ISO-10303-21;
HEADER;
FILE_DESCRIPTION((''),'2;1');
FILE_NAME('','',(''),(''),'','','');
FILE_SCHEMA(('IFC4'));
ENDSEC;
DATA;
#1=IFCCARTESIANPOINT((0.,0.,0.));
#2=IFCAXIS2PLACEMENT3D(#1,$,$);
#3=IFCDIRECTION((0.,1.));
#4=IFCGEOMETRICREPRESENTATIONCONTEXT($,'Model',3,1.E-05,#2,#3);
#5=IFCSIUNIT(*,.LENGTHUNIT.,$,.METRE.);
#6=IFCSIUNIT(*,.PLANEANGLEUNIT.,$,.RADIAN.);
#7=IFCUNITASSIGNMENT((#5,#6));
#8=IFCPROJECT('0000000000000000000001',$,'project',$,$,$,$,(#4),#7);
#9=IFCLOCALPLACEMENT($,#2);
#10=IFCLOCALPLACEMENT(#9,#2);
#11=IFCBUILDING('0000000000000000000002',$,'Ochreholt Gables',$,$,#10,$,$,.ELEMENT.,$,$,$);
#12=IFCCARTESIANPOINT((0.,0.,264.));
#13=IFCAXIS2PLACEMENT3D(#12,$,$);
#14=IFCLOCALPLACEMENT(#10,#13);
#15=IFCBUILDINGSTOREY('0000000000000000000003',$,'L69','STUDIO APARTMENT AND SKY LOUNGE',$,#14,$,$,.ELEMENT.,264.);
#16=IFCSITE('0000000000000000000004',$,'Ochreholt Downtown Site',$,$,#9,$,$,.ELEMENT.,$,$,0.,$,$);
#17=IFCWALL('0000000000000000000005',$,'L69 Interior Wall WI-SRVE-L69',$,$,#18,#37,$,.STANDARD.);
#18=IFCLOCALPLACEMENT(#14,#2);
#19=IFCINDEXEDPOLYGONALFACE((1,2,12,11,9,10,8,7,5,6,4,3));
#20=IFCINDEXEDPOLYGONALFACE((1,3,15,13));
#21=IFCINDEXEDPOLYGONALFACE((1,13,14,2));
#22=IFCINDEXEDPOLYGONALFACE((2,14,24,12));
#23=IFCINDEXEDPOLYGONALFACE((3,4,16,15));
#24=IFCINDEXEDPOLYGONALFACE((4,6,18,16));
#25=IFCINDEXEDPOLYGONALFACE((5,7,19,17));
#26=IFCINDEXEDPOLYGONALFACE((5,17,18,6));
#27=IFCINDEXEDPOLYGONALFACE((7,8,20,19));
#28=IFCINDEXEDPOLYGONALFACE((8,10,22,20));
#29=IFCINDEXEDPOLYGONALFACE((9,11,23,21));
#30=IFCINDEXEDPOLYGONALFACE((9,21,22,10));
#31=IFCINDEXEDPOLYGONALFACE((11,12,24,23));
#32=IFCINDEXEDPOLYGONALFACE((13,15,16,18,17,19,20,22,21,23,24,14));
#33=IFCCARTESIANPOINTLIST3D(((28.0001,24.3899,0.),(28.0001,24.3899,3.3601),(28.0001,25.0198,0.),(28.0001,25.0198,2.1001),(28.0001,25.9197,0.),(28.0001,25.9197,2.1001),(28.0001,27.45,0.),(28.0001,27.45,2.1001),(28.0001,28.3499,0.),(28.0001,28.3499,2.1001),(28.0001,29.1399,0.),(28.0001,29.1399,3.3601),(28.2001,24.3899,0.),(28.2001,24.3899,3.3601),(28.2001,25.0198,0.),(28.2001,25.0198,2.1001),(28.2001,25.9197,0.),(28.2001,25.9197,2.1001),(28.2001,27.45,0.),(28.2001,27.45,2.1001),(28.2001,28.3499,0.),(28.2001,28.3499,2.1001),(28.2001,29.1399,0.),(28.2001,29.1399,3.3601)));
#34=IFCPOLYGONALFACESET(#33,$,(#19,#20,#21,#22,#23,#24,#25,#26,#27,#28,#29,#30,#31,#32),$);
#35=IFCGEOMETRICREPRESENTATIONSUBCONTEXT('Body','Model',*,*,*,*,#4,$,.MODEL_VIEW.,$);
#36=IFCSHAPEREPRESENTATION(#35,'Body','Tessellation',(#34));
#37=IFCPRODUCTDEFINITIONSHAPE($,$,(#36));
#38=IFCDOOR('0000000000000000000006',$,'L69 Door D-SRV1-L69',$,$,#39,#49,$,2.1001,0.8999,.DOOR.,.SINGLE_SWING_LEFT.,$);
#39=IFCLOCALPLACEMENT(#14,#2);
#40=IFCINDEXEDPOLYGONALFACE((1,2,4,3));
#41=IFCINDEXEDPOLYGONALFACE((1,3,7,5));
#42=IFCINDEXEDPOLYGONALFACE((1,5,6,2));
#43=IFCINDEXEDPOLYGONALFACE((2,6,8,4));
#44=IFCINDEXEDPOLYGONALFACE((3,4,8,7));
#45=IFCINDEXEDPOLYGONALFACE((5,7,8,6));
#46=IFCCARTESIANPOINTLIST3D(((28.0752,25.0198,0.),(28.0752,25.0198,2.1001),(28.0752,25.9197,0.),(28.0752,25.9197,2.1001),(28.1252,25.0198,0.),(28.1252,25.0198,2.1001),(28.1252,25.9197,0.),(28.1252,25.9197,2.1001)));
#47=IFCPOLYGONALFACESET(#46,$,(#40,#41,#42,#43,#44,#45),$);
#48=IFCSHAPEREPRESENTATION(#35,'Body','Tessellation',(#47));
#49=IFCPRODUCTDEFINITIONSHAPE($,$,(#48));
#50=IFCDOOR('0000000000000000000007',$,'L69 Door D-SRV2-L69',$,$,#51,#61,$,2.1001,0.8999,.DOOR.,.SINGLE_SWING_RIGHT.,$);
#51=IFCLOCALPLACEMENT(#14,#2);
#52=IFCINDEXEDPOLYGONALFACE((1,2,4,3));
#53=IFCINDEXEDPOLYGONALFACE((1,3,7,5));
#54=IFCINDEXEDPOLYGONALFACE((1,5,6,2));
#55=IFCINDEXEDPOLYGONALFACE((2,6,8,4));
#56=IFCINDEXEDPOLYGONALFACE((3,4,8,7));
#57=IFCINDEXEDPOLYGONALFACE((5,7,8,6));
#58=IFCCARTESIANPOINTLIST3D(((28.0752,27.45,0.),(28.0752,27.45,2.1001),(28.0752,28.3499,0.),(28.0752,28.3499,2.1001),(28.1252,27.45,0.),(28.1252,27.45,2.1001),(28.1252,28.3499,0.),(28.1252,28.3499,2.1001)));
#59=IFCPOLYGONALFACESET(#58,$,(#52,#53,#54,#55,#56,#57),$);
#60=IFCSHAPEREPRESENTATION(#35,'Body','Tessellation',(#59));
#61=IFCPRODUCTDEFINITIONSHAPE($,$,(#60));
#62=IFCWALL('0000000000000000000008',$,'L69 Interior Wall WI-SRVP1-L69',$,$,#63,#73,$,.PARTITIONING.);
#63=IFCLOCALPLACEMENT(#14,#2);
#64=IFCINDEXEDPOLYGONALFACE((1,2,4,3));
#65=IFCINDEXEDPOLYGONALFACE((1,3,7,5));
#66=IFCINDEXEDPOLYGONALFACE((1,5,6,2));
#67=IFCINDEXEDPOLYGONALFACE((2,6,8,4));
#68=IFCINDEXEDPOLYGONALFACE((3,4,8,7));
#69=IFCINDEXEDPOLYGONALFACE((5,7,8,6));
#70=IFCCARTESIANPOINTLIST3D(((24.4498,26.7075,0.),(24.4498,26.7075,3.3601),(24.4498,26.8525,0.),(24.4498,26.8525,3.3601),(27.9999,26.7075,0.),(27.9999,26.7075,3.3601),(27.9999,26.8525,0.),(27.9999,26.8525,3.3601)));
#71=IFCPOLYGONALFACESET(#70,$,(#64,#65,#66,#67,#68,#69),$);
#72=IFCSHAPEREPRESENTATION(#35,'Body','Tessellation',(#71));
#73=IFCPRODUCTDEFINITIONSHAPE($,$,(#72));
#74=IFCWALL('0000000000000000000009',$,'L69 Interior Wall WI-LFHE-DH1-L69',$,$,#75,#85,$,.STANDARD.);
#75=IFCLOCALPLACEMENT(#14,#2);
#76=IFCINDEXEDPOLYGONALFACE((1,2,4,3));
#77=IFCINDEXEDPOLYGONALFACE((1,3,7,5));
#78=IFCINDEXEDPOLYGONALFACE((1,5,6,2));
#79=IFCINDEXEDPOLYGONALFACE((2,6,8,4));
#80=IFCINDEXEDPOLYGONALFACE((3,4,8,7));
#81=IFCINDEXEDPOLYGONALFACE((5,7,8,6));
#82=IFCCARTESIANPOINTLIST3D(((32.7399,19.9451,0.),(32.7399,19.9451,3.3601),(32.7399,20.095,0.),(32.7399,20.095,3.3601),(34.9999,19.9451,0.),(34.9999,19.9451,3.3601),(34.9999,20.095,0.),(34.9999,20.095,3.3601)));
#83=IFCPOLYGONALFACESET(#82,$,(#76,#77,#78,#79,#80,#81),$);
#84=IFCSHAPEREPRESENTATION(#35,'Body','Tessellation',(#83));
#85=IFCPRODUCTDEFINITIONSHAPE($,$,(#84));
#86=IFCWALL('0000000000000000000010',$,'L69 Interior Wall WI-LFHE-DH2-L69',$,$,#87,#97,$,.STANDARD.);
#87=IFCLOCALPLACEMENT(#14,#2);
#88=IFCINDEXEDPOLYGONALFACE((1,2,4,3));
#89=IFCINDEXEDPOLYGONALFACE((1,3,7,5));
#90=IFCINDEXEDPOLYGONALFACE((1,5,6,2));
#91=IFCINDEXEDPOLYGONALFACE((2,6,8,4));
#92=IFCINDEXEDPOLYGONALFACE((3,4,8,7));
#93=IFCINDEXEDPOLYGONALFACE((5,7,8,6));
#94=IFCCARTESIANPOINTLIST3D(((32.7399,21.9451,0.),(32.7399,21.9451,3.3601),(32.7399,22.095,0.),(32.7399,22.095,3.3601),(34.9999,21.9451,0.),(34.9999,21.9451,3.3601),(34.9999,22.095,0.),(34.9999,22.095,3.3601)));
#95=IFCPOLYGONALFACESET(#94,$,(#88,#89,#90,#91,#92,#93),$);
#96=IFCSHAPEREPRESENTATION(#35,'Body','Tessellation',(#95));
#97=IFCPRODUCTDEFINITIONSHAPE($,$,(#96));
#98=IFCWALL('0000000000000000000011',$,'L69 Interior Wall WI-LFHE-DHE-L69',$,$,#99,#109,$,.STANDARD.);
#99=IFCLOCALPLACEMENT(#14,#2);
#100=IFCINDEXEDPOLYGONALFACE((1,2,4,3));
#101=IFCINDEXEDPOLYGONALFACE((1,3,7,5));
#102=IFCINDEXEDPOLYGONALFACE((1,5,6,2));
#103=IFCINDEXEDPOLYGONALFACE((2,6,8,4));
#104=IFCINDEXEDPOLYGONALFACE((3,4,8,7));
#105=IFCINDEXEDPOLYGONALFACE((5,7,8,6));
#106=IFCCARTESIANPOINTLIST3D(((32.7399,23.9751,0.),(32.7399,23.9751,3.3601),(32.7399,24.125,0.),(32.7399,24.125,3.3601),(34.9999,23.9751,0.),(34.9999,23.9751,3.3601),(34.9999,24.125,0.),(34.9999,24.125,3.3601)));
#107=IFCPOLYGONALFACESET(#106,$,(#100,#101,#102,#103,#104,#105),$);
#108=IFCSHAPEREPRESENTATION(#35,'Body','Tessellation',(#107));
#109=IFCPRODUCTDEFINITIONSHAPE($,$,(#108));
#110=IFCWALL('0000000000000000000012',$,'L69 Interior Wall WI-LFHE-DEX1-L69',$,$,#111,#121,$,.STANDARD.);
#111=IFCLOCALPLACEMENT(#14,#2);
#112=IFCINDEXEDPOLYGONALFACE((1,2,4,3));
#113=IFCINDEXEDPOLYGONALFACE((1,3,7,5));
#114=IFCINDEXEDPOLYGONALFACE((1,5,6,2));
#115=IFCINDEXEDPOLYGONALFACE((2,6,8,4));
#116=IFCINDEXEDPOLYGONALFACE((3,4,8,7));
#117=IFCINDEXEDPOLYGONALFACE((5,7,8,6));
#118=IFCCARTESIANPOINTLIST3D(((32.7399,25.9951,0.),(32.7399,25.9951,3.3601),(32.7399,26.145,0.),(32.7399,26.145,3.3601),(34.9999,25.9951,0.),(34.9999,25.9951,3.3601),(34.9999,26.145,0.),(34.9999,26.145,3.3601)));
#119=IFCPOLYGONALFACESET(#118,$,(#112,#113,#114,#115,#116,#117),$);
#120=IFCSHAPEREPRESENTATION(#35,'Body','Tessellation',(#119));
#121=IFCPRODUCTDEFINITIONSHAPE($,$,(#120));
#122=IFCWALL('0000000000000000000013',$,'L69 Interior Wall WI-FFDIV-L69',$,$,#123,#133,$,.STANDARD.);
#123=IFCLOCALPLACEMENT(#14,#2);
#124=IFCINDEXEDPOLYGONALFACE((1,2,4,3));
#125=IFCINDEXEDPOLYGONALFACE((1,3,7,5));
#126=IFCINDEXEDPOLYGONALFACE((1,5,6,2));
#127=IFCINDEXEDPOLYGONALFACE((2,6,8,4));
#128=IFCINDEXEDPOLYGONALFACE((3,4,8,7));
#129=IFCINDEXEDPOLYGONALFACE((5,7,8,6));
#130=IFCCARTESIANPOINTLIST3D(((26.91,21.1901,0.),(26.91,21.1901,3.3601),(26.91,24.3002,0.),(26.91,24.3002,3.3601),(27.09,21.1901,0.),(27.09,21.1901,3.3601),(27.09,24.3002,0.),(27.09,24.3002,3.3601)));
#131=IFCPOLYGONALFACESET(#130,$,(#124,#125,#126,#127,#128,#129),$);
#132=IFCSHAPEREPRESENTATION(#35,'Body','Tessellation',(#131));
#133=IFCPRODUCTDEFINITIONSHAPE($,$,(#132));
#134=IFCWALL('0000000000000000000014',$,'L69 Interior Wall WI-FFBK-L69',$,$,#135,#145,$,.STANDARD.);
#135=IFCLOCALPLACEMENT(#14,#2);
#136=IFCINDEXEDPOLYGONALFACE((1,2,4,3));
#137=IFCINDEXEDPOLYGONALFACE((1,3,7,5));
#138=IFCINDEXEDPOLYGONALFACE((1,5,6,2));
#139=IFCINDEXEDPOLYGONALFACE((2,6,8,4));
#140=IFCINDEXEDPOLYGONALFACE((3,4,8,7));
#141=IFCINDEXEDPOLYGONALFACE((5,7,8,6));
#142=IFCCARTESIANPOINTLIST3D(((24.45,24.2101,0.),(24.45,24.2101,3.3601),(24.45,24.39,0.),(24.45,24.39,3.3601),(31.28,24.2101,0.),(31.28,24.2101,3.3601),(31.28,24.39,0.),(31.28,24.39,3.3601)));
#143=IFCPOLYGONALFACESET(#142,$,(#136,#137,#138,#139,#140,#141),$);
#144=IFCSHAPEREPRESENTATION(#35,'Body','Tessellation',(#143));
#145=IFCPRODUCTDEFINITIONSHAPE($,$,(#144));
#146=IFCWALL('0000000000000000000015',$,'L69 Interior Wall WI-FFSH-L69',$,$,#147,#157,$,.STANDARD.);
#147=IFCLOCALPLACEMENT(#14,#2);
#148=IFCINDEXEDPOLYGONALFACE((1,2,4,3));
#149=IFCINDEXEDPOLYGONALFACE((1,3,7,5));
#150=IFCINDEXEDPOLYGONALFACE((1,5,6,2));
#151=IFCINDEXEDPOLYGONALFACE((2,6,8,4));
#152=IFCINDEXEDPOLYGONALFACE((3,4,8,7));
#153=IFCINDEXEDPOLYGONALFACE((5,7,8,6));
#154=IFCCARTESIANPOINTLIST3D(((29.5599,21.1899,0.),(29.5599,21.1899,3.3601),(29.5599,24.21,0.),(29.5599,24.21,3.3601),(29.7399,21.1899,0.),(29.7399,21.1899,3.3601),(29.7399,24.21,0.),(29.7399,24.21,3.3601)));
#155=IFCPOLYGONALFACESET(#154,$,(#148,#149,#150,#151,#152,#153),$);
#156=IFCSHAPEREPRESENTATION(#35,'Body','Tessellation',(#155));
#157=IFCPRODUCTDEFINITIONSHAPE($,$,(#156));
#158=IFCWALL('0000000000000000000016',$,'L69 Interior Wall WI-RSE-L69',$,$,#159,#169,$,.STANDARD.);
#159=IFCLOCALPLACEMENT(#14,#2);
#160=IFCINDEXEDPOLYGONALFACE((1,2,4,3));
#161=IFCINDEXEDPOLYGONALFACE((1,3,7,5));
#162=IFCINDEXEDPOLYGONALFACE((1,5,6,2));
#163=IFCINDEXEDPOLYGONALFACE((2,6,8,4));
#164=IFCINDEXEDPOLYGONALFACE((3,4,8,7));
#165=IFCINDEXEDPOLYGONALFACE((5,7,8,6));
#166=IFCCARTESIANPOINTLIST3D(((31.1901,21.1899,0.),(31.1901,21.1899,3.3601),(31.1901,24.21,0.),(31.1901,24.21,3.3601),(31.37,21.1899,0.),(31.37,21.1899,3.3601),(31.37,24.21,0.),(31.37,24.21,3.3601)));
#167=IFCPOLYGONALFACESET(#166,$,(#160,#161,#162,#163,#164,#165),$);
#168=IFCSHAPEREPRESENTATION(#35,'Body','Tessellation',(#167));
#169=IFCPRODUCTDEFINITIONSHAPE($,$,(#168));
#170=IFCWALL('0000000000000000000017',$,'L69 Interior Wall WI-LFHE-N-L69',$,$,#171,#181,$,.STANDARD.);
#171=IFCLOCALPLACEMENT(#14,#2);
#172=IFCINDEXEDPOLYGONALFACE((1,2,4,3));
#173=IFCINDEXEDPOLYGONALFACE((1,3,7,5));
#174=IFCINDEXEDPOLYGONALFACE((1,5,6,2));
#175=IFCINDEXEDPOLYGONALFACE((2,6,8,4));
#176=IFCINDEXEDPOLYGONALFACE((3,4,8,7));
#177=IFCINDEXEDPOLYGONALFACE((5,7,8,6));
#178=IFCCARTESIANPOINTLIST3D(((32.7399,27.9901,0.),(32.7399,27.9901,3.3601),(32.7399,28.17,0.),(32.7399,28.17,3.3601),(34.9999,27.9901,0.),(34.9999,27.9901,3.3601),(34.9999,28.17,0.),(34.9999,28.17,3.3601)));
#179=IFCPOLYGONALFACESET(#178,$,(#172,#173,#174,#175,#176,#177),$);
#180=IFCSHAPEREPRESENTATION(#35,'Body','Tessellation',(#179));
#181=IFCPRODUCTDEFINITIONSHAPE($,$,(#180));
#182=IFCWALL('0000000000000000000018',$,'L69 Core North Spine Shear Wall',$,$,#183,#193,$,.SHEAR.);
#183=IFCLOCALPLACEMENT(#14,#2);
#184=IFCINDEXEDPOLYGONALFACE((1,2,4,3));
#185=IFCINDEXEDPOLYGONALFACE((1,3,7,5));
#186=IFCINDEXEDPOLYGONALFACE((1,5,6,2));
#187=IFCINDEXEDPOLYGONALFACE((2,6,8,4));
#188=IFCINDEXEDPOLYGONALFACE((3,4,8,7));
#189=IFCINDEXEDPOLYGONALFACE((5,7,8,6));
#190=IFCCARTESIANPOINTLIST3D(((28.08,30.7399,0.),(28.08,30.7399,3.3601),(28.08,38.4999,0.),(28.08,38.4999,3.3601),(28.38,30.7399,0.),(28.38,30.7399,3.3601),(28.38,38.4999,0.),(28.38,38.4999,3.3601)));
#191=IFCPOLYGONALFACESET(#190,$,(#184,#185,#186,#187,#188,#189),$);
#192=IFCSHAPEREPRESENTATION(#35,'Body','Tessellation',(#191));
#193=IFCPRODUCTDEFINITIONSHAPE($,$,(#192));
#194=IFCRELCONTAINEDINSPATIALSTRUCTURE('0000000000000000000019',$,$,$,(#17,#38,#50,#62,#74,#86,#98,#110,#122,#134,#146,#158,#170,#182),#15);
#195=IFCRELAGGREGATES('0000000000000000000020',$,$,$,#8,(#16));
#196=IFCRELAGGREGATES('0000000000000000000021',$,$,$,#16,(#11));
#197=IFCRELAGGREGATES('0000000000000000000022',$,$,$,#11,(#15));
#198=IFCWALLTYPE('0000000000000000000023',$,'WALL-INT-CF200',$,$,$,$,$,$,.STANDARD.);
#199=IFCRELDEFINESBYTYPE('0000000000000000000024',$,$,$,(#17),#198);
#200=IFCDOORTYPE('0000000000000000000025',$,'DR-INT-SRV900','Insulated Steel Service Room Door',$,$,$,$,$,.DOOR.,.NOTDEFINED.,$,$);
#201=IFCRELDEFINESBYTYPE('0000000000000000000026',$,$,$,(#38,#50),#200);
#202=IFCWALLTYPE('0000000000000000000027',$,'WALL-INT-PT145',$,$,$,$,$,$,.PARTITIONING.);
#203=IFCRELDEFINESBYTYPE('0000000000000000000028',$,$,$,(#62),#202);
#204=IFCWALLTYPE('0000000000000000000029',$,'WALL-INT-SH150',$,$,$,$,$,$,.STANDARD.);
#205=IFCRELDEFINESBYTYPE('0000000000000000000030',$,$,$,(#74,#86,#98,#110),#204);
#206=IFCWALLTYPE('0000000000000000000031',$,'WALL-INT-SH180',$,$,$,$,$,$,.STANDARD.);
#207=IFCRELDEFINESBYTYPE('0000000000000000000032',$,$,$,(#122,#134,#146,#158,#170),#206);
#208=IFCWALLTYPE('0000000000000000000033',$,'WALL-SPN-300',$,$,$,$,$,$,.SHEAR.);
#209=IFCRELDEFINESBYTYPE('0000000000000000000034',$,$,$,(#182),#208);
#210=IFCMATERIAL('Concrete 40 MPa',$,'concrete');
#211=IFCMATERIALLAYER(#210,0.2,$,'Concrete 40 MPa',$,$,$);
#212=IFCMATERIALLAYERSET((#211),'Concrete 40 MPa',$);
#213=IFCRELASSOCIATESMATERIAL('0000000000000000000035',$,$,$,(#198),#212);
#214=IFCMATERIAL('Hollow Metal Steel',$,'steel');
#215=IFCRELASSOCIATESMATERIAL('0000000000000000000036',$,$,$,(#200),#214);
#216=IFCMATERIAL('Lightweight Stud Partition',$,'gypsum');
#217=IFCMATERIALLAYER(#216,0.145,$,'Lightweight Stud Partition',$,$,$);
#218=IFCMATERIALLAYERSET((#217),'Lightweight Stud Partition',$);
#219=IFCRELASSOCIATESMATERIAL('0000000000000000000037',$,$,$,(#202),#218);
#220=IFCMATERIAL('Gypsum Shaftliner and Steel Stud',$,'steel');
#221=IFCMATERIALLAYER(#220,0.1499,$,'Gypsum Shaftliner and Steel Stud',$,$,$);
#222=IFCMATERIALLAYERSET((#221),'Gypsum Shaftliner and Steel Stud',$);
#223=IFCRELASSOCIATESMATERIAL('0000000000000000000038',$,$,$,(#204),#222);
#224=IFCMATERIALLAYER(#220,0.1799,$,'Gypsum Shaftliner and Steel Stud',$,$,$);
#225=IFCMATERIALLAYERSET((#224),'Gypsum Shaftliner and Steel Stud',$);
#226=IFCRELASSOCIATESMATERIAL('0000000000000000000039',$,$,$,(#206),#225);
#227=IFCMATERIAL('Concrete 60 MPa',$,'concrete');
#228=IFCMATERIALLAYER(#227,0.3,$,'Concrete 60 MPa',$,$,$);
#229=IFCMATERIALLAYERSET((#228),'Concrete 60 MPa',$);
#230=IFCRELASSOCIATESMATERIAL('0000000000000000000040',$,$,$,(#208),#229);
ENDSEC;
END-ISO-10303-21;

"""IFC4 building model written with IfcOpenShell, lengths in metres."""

from ifc_helpers import new_model, si_unit, direction, frame, frame_2d, origin, place, context, subcontext, project, spatial, rectangle, extrude, material, layer, layer_set, type_object, element, fill, save


model = new_model("IFC4")

# Units and contexts
model_context = context("Model", 3, precision=1e-05, world=origin(), true_north=direction((0.0, 1.0)))
body_context = subcontext(model_context, "Body", "Model", "MODEL_VIEW")
ifc_project = project(units=[si_unit("LENGTHUNIT", "METRE"), si_unit("PLANEANGLEUNIT", "RADIAN")], contexts=[model_context])

# Site, building, storey
site_placement = place(None, origin())
site = spatial("IfcSite", under=ifc_project, at=site_placement, Name="Ochreholt Downtown Site", CompositionType="ELEMENT", RefElevation=0.0)
building_placement = place(site_placement, origin())
building = spatial("IfcBuilding", under=site, at=building_placement, Name="Ochreholt Gables", CompositionType="ELEMENT")
storey_placement = place(building_placement, frame((0.0, 0.0, 264.0)))
storey = spatial("IfcBuildingStorey", under=building, at=storey_placement, Name="L69", Description="STUDIO APARTMENT AND SKY LOUNGE", CompositionType="ELEMENT", Elevation=264.0)

# Shared definitions
ifc_material_1 = material(Name="Concrete 40 MPa", Category="concrete")
ifc_layer_1 = layer(ifc_material_1, 0.2, Name="Concrete 40 MPa")
ifc_layer_set_1 = layer_set([ifc_layer_1], Name="Concrete 40 MPa")
wall_type_1 = type_object("IfcWallType", Name="WALL-INT-CF200", PredefinedType="STANDARD", material=ifc_layer_set_1)

# Wall, openings, doors
wall_1_placement = place(storey_placement, frame((28.1001, 24.3899, 0.0), z_axis=(0.0, 0.0, 1.0), x_axis=(0.0, 1.0, 0.0)))
wall_1 = element("IfcWall", 1, at=wall_1_placement, inside=storey, type_object=wall_type_1, Name="L69 Interior Wall WI-SRVE-L69", PredefinedType="STANDARD", context=body_context, shape_type="SweptSolid", body=[
    extrude(rectangle(XDim=4.75, YDim=0.2, at=frame_2d((2.375, 0.0))), origin(), (0.0, 0.0, 1.0), 3.3601),
])
opening_1_placement = place(wall_1_placement, frame((0.6299, 0.0, 0.0)))
opening_1 = element("IfcOpeningElement", 2, at=opening_1_placement, cuts=wall_1, PredefinedType="OPENING", context=body_context, shape_type="SweptSolid", body=[
    extrude(rectangle(XDim=0.8999, YDim=2.1001, at=frame_2d((0.45, 1.05))), frame((0.0, 0.1099, 0.0), z_axis=(0.0, -1.0, 0.0), x_axis=(1.0, 0.0, 0.0)), (0.0, 0.0, 1.0), 0.22),
])
opening_2_placement = place(wall_1_placement, frame((3.0601, 0.0, 0.0)))
opening_2 = element("IfcOpeningElement", 3, at=opening_2_placement, cuts=wall_1, PredefinedType="OPENING", context=body_context, shape_type="SweptSolid", body=[
    extrude(rectangle(XDim=0.8999, YDim=2.1001, at=frame_2d((0.45, 1.05))), frame((0.0, 0.1099, 0.0), z_axis=(0.0, -1.0, 0.0), x_axis=(1.0, 0.0, 0.0)), (0.0, 0.0, 1.0), 0.22),
])
ifc_material_2 = material(Name="Hollow Metal Steel", Category="steel")
door_type_1 = type_object("IfcDoorType", Name="DR-INT-SRV900", Description="Insulated Steel Service Room Door", OperationType="NOTDEFINED", PredefinedType="DOOR", material=ifc_material_2)
door_1_placement = place(opening_1_placement, origin())
door_1 = element("IfcDoor", 4, at=door_1_placement, inside=storey, type_object=door_type_1, Name="L69 Door D-SRV1-L69", OperationType="SINGLE_SWING_LEFT", OverallHeight=2.1001, OverallWidth=0.8999, PredefinedType="DOOR", context=body_context, shape_type="SweptSolid", body=[
    extrude(rectangle(XDim=0.8999, YDim=2.1001, at=frame_2d((0.45, 1.05))), frame((0.0, 0.0249, 0.0), z_axis=(0.0, -1.0, 0.0), x_axis=(1.0, 0.0, 0.0)), (0.0, 0.0, 1.0), 0.05),
])
fill(opening_1, door_1)
door_2_placement = place(opening_2_placement, origin())
door_2 = element("IfcDoor", 5, at=door_2_placement, inside=storey, type_object=door_type_1, Name="L69 Door D-SRV2-L69", OperationType="SINGLE_SWING_RIGHT", OverallHeight=2.1001, OverallWidth=0.8999, PredefinedType="DOOR", context=body_context, shape_type="SweptSolid", body=[
    extrude(rectangle(XDim=0.8999, YDim=2.1001, at=frame_2d((0.45, 1.05))), frame((0.0, 0.0249, 0.0), z_axis=(0.0, -1.0, 0.0), x_axis=(1.0, 0.0, 0.0)), (0.0, 0.0, 1.0), 0.05),
])
fill(opening_2, door_2)

# Walls
ifc_material_3 = material(Name="Lightweight Stud Partition", Category="gypsum")
ifc_layer_2 = layer(ifc_material_3, 0.145, Name="Lightweight Stud Partition")
ifc_layer_set_2 = layer_set([ifc_layer_2], Name="Lightweight Stud Partition")
wall_type_2 = type_object("IfcWallType", Name="WALL-INT-PT145", PredefinedType="PARTITIONING", material=ifc_layer_set_2)
wall_2_placement = place(storey_placement, frame((24.45, 26.78, 0.0), z_axis=(0.0, 0.0, 1.0), x_axis=(1.0, 0.0, 0.0)))
element("IfcWall", 6, at=wall_2_placement, inside=storey, type_object=wall_type_2, Name="L69 Interior Wall WI-SRVP1-L69", PredefinedType="PARTITIONING", context=body_context, shape_type="SweptSolid", body=[
    extrude(rectangle(XDim=3.55, YDim=0.145, at=frame_2d((1.7749, 0.0))), origin(), (0.0, 0.0, 1.0), 3.3601),
])
ifc_material_4 = material(Name="Gypsum Shaftliner and Steel Stud", Category="steel")
ifc_layer_3 = layer(ifc_material_4, 0.1499, Name="Gypsum Shaftliner and Steel Stud")
ifc_layer_set_3 = layer_set([ifc_layer_3], Name="Gypsum Shaftliner and Steel Stud")
wall_type_3 = type_object("IfcWallType", Name="WALL-INT-SH150", PredefinedType="STANDARD", material=ifc_layer_set_3)
for number, where, z_axis, x_axis, name in (
    (7, (32.74, 20.02, 0.0), (0.0, 0.0, 1.0), (1.0, 0.0, 0.0), "L69 Interior Wall WI-LFHE-DH1-L69"),
    (8, (32.74, 22.02, 0.0), (0.0, 0.0, 1.0), (1.0, 0.0, 0.0), "L69 Interior Wall WI-LFHE-DH2-L69"),
    (9, (32.74, 24.05, 0.0), (0.0, 0.0, 1.0), (1.0, 0.0, 0.0), "L69 Interior Wall WI-LFHE-DHE-L69"),
    (10, (32.74, 26.0701, 0.0), (0.0, 0.0, 1.0), (1.0, 0.0, 0.0), "L69 Interior Wall WI-LFHE-DEX1-L69"),
):
    element("IfcWall", number, at=place(storey_placement, frame(where, z_axis=z_axis, x_axis=x_axis)), inside=storey, type_object=wall_type_3, Name=name, PredefinedType="STANDARD", context=body_context, shape_type="SweptSolid", body=[
        extrude(rectangle(XDim=2.26, YDim=0.1499, at=frame_2d((1.1299, 0.0))), origin(), (0.0, 0.0, 1.0), 3.3601),
    ])
ifc_layer_4 = layer(ifc_material_4, 0.1799, Name="Gypsum Shaftliner and Steel Stud")
ifc_layer_set_4 = layer_set([ifc_layer_4], Name="Gypsum Shaftliner and Steel Stud")
wall_type_4 = type_object("IfcWallType", Name="WALL-INT-SH180", PredefinedType="STANDARD", material=ifc_layer_set_4)
wall_3_placement = place(storey_placement, frame((27.0, 21.1899, 0.0), z_axis=(0.0, 0.0, 1.0), x_axis=(0.0, 1.0, 0.0)))
element("IfcWall", 11, at=wall_3_placement, inside=storey, type_object=wall_type_4, Name="L69 Interior Wall WI-FFDIV-L69", PredefinedType="STANDARD", context=body_context, shape_type="SweptSolid", body=[
    extrude(rectangle(XDim=3.1101, YDim=0.1799, at=frame_2d((1.5552, 0.0))), origin(), (0.0, 0.0, 1.0), 3.3601),
])
wall_4_placement = place(storey_placement, frame((24.45, 24.3, 0.0), z_axis=(0.0, 0.0, 1.0), x_axis=(1.0, 0.0, 0.0)))
element("IfcWall", 12, at=wall_4_placement, inside=storey, type_object=wall_type_4, Name="L69 Interior Wall WI-FFBK-L69", PredefinedType="STANDARD", context=body_context, shape_type="SweptSolid", body=[
    extrude(rectangle(XDim=6.8301, YDim=0.1799, at=frame_2d((3.415, 0.0))), origin(), (0.0, 0.0, 1.0), 3.3601),
])
for number, where, z_axis, x_axis, name in (
    (13, (29.6499, 21.1899, 0.0), (0.0, 0.0, 1.0), (0.0, 1.0, 0.0), "L69 Interior Wall WI-FFSH-L69"),
    (14, (31.28, 21.1899, 0.0), (0.0, 0.0, 1.0), (0.0, 1.0, 0.0), "L69 Interior Wall WI-RSE-L69"),
):
    element("IfcWall", number, at=place(storey_placement, frame(where, z_axis=z_axis, x_axis=x_axis)), inside=storey, type_object=wall_type_4, Name=name, PredefinedType="STANDARD", context=body_context, shape_type="SweptSolid", body=[
        extrude(rectangle(XDim=3.02, YDim=0.1799, at=frame_2d((1.51, 0.0))), origin(), (0.0, 0.0, 1.0), 3.3601),
    ])
wall_5_placement = place(storey_placement, frame((32.74, 28.0801, 0.0), z_axis=(0.0, 0.0, 1.0), x_axis=(1.0, 0.0, 0.0)))
element("IfcWall", 15, at=wall_5_placement, inside=storey, type_object=wall_type_4, Name="L69 Interior Wall WI-LFHE-N-L69", PredefinedType="STANDARD", context=body_context, shape_type="SweptSolid", body=[
    extrude(rectangle(XDim=2.26, YDim=0.1799, at=frame_2d((1.1299, 0.0))), origin(), (0.0, 0.0, 1.0), 3.3601),
])
ifc_material_5 = material(Name="Concrete 60 MPa", Category="concrete")
ifc_layer_5 = layer(ifc_material_5, 0.3, Name="Concrete 60 MPa")
ifc_layer_set_5 = layer_set([ifc_layer_5], Name="Concrete 60 MPa")
wall_type_5 = type_object("IfcWallType", Name="WALL-SPN-300", PredefinedType="SHEAR", material=ifc_layer_set_5)
wall_6_placement = place(storey_placement, frame((28.23, 30.74, 0.0), z_axis=(0.0, 0.0, 1.0), x_axis=(0.0, 1.0, 0.0)))
element("IfcWall", 16, at=wall_6_placement, inside=storey, type_object=wall_type_5, Name="L69 Core North Spine Shear Wall", PredefinedType="SHEAR", context=body_context, shape_type="SweptSolid", body=[
    extrude(rectangle(XDim=7.76, YDim=0.3, at=frame_2d((3.8799, 0.0))), origin(), (0.0, 0.0, 1.0), 3.3601),
])

save(model, "model.ifc")
